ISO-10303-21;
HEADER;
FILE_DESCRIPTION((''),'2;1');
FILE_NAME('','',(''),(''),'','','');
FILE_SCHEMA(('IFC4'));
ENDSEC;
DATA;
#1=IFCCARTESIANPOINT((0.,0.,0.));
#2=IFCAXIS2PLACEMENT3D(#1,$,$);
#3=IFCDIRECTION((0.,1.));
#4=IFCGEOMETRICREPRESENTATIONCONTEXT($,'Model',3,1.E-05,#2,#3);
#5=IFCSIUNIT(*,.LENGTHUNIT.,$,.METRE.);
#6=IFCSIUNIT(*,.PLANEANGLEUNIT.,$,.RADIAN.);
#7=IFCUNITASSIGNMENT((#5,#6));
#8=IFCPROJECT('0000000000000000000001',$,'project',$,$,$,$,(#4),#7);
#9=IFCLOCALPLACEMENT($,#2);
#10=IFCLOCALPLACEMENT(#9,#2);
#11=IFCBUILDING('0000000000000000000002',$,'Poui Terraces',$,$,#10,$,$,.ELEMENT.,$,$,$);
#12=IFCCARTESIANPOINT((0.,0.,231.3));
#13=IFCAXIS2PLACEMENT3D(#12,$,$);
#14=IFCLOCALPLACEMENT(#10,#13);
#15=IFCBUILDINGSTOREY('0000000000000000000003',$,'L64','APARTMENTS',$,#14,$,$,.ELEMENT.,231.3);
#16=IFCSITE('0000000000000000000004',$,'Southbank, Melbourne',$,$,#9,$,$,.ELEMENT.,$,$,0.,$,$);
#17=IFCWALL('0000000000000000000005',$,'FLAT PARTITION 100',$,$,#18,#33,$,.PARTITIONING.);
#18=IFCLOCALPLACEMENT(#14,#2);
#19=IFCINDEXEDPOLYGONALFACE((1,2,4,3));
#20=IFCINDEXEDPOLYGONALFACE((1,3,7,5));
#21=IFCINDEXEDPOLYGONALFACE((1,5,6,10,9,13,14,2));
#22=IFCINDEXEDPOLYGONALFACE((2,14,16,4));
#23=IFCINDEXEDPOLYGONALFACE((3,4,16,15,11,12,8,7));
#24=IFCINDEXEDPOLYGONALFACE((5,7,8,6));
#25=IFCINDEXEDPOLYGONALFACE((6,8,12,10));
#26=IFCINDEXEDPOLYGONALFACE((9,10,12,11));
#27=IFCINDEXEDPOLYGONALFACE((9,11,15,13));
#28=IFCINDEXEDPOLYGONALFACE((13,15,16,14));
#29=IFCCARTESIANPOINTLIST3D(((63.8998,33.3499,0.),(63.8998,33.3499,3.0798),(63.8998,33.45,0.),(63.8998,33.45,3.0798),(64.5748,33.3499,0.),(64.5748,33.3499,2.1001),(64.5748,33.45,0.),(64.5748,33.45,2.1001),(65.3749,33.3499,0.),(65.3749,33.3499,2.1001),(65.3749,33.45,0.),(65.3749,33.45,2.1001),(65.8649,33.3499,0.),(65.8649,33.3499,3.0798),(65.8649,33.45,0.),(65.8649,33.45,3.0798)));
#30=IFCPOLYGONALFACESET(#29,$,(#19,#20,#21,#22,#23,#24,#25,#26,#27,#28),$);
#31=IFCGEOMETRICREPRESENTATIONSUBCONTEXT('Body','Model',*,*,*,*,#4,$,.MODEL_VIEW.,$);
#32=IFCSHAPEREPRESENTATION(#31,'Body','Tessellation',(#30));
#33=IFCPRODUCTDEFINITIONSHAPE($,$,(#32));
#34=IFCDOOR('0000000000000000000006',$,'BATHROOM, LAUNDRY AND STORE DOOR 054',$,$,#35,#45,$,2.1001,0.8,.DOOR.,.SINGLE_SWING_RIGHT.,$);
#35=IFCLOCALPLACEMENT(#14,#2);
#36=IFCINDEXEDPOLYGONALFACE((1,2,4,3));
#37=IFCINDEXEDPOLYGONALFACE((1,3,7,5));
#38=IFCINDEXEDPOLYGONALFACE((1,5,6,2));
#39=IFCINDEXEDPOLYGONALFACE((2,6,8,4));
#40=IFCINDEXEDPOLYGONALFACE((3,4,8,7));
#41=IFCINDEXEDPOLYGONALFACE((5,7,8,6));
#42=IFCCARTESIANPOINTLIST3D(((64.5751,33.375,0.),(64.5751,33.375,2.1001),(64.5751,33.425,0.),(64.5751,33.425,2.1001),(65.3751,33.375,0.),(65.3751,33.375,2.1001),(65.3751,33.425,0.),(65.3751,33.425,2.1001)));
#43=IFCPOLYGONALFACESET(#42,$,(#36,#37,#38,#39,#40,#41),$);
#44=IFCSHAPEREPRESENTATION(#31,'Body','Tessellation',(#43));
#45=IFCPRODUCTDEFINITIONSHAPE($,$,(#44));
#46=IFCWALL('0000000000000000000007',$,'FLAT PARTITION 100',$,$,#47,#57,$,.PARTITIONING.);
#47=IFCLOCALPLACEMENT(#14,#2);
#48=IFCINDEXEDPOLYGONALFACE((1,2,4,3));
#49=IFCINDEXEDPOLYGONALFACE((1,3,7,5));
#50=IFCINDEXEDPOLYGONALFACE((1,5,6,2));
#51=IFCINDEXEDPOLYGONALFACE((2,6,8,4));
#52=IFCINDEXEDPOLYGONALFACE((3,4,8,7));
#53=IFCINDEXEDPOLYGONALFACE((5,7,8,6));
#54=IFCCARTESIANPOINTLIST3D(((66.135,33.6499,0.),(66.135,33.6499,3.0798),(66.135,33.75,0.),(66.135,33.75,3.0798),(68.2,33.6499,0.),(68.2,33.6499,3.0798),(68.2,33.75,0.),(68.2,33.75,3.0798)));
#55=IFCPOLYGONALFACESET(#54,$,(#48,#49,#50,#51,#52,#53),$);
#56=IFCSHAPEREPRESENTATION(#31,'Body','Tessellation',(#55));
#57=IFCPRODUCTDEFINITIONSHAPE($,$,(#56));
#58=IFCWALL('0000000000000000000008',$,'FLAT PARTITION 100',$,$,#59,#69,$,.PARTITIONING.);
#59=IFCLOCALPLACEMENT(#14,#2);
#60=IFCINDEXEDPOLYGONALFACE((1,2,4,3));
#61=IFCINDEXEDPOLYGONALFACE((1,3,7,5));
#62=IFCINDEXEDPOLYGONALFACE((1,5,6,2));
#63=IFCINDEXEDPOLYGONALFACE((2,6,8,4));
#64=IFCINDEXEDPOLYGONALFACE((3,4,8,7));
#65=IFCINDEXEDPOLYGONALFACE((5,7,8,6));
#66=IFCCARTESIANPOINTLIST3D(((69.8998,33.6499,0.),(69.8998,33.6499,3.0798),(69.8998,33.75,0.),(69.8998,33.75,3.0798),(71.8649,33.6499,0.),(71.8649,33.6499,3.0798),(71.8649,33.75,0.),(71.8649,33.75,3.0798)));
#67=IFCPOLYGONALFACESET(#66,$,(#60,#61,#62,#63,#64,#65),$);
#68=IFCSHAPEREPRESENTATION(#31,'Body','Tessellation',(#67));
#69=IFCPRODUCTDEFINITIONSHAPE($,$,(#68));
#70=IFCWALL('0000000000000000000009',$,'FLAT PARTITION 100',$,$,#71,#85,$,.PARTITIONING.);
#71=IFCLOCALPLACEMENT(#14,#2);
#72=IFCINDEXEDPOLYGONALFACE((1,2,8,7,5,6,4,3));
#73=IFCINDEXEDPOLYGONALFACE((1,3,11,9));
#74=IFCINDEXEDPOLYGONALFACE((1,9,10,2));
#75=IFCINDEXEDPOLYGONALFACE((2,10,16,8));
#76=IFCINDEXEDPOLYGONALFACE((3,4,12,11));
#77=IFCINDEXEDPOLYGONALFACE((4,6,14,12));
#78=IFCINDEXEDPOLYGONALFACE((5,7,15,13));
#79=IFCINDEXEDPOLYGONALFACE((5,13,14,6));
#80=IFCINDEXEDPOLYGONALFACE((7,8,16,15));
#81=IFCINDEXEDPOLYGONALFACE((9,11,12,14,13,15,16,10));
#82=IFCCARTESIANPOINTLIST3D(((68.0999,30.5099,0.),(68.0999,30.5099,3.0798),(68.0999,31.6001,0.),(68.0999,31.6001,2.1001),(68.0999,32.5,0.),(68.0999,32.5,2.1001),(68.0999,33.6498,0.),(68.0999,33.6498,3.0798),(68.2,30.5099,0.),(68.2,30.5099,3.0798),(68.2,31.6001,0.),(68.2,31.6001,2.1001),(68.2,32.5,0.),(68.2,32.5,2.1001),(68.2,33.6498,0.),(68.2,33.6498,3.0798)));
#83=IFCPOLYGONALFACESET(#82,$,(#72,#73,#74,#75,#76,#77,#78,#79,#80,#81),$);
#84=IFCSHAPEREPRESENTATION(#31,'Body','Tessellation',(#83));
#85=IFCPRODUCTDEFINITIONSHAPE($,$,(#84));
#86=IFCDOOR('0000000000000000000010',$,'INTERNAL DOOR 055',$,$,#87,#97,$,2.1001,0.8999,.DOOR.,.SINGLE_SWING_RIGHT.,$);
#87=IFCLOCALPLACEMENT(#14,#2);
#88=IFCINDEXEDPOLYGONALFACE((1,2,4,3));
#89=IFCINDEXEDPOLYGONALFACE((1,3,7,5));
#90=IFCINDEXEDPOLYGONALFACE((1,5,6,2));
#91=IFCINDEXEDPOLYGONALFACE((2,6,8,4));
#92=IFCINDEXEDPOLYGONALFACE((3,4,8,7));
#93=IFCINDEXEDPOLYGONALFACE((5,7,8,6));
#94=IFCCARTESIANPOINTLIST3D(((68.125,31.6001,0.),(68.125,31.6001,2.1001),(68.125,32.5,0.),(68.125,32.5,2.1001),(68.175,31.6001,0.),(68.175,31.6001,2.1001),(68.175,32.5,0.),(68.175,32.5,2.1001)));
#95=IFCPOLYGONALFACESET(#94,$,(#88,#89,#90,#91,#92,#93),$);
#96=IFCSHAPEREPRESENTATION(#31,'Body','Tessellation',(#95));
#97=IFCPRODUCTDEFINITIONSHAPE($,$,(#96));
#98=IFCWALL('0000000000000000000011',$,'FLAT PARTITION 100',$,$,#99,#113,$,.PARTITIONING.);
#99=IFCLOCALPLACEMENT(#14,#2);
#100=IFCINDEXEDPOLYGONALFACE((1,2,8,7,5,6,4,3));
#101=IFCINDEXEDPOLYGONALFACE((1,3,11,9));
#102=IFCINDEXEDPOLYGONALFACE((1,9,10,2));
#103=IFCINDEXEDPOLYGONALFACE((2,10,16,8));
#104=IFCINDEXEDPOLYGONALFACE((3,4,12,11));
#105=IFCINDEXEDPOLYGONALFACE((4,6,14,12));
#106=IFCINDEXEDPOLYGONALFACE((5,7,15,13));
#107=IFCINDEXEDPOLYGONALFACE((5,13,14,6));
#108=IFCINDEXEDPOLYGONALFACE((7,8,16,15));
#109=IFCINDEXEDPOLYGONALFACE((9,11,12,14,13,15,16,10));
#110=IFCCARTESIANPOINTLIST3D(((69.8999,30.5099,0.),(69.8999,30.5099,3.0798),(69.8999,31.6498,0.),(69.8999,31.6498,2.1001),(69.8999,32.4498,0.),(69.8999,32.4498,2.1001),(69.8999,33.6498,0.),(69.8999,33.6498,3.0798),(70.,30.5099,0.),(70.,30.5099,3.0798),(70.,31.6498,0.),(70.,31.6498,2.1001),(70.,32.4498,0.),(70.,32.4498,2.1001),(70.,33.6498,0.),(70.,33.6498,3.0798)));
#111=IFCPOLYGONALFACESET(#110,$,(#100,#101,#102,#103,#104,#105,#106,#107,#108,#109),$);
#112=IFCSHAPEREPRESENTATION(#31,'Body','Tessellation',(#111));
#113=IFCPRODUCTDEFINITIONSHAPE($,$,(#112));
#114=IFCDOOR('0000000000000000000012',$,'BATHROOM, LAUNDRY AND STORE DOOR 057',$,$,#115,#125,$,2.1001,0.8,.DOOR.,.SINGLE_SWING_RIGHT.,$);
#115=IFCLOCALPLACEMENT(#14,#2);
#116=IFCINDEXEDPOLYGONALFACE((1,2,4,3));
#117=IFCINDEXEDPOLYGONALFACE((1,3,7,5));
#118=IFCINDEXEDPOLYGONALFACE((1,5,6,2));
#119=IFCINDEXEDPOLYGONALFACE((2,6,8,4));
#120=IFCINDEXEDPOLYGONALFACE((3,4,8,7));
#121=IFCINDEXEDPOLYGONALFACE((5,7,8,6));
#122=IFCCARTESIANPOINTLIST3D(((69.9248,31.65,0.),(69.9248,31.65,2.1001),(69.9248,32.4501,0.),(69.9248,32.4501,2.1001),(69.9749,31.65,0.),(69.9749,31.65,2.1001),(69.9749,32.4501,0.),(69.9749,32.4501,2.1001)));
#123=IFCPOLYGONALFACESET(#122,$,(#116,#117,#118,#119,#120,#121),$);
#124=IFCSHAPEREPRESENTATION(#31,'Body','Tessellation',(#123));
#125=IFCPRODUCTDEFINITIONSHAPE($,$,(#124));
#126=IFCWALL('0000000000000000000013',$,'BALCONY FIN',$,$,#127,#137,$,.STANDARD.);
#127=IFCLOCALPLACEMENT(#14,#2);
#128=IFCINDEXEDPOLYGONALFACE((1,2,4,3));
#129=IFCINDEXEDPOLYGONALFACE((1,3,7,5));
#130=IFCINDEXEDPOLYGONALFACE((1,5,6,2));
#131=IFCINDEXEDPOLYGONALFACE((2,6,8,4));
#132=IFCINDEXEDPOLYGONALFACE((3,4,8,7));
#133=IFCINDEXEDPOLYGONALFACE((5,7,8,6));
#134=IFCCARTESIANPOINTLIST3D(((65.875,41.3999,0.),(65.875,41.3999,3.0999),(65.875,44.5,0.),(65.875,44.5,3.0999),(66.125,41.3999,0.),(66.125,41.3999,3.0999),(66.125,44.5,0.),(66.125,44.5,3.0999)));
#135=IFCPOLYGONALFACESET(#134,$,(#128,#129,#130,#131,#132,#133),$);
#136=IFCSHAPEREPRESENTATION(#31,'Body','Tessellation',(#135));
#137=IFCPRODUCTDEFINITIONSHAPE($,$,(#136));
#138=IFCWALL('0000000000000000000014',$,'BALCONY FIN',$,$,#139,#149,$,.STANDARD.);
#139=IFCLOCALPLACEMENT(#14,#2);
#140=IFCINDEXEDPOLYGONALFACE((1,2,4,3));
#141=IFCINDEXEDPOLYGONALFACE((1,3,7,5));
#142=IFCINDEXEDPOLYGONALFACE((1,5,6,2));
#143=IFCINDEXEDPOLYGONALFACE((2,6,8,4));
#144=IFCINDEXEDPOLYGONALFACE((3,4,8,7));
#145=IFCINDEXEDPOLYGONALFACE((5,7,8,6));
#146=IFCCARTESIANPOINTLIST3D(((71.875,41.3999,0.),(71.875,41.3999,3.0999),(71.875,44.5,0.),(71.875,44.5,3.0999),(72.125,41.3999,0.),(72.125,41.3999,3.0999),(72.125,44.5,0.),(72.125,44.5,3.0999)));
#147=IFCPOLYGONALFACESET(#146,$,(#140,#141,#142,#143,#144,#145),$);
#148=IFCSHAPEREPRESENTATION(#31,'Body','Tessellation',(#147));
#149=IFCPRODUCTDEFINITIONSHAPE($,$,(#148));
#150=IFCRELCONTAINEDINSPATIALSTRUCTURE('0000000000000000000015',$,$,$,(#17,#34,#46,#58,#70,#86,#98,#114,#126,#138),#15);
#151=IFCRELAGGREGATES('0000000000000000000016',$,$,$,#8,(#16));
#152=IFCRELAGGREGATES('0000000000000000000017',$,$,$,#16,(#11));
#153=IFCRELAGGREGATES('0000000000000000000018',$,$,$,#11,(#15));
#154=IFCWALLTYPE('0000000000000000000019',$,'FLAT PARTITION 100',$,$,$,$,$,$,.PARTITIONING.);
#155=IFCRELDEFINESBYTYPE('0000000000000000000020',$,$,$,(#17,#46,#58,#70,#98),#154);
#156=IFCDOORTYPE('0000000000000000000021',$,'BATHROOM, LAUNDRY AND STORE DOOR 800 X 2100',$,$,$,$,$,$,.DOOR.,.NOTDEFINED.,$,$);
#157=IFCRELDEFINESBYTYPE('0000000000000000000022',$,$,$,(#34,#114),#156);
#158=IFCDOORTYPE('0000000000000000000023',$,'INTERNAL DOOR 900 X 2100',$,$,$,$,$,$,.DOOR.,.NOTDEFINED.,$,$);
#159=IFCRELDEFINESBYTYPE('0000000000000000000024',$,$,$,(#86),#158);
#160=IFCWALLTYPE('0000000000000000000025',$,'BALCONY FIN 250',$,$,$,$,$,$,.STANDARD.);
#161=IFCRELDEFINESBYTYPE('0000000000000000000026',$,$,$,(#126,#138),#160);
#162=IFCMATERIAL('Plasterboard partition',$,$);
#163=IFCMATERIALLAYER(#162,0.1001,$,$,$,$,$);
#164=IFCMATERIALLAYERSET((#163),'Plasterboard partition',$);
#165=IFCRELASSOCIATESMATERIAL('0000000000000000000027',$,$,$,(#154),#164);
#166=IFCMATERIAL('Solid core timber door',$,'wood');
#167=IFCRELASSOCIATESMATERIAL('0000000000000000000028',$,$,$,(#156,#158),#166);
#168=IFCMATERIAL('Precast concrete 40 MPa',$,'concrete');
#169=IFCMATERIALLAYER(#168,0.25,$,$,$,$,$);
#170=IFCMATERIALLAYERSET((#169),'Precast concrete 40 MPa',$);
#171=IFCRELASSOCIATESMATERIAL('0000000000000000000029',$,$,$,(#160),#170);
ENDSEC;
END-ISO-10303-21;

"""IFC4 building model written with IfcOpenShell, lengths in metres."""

from ifc_helpers import new_model, si_unit, direction, frame, frame_2d, origin, place, context, subcontext, project, spatial, polyline, rectangle, outline, extrude, source, transform, mapped, material, layer, layer_set, type_object, element, fill, save


model = new_model("IFC4")

# Units and contexts
model_context = context("Model", 3, precision=1e-05, world=origin(), true_north=direction((0.0, 1.0)))
body_context = subcontext(model_context, "Body", "Model", "MODEL_VIEW")
ifc_project = project(units=[si_unit("LENGTHUNIT", "METRE"), si_unit("PLANEANGLEUNIT", "RADIAN")], contexts=[model_context])

# Site, building, storey
site_placement = place(None, origin())
site = spatial("IfcSite", under=ifc_project, at=site_placement, Name="Southbank, Melbourne", CompositionType="ELEMENT", RefElevation=0.0)
building_placement = place(site_placement, origin())
building = spatial("IfcBuilding", under=site, at=building_placement, Name="Poui Terraces", CompositionType="ELEMENT")
storey_placement = place(building_placement, frame((0.0, 0.0, 231.3)))
storey = spatial("IfcBuildingStorey", under=building, at=storey_placement, Name="L64", Description="APARTMENTS", CompositionType="ELEMENT", Elevation=231.3)

# Wall, opening, door
ifc_material_1 = material(Name="Plasterboard partition")
ifc_layer_1 = layer(ifc_material_1, 0.1001)
ifc_layer_set_1 = layer_set([ifc_layer_1], Name="Plasterboard partition")
wall_type_1 = type_object("IfcWallType", Name="FLAT PARTITION 100", PredefinedType="PARTITIONING", material=ifc_layer_set_1)
wall_1_placement = place(storey_placement, frame((63.8999, 33.3999, 0.0), z_axis=(0.0, 0.0, 1.0), x_axis=(1.0, 0.0, 0.0)))
wall_1 = element("IfcWall", 1, at=wall_1_placement, inside=storey, type_object=wall_type_1, Name="FLAT PARTITION 100", PredefinedType="PARTITIONING", context=body_context, shape_type="SweptSolid", body=[
    extrude(rectangle(XDim=1.9651, YDim=0.1001, at=frame_2d((0.9824, 0.0))), origin(), (0.0, 0.0, 1.0), 3.0798),
])
opening_1_placement = place(wall_1_placement, frame((0.675, 0.0, 0.0)))
opening_1 = element("IfcOpeningElement", 2, at=opening_1_placement, cuts=wall_1, PredefinedType="OPENING", context=body_context, shape_type="SweptSolid", body=[
    extrude(rectangle(XDim=0.8, YDim=2.1001, at=frame_2d((0.3999, 1.05))), frame((0.0, 0.0601, 0.0), z_axis=(0.0, -1.0, 0.0), x_axis=(1.0, 0.0, 0.0)), (0.0, 0.0, 1.0), 0.1201),
])
ifc_material_2 = material(Name="Solid core timber door", Category="wood")
door_type_1 = type_object("IfcDoorType", Name="BATHROOM, LAUNDRY AND STORE DOOR 800 X 2100", OperationType="NOTDEFINED", PredefinedType="DOOR", material=ifc_material_2)
door_1_placement = place(opening_1_placement, frame((0.8, 0.0, 0.0), z_axis=(0.0, 0.0, 1.0), x_axis=(-1.0, 0.0, 0.0)))
door_1 = element("IfcDoor", 3, at=door_1_placement, inside=storey, type_object=door_type_1, Name="BATHROOM, LAUNDRY AND STORE DOOR 054", OperationType="SINGLE_SWING_RIGHT", OverallHeight=2.1001, OverallWidth=0.8, PredefinedType="DOOR", context=body_context, shape_type="SweptSolid", body=[
    extrude(rectangle(XDim=0.8, YDim=2.1001, at=frame_2d((0.3999, 1.05))), frame((0.0, 0.0249, 0.0), z_axis=(0.0, -1.0, 0.0), x_axis=(1.0, 0.0, 0.0)), (0.0, 0.0, 1.0), 0.05),
])
fill(opening_1, door_1)

# Walls
wall_2_placement = place(storey_placement, frame((66.135, 33.7, 0.0), z_axis=(0.0, 0.0, 1.0), x_axis=(1.0, 0.0, 0.0)))
element("IfcWall", 4, at=wall_2_placement, inside=storey, type_object=wall_type_1, Name="FLAT PARTITION 100", PredefinedType="PARTITIONING", context=body_context, shape_type="SweptSolid", body=[
    extrude(rectangle(XDim=2.0649, YDim=0.1001, at=frame_2d((1.0325, 0.0))), origin(), (0.0, 0.0, 1.0), 3.0798),
])
wall_3_placement = place(storey_placement, frame((69.8999, 33.7, 0.0), z_axis=(0.0, 0.0, 1.0), x_axis=(1.0, 0.0, 0.0)))
element("IfcWall", 5, at=wall_3_placement, inside=storey, type_object=wall_type_1, Name="FLAT PARTITION 100", PredefinedType="PARTITIONING", context=body_context, shape_type="SweptSolid", body=[
    extrude(rectangle(XDim=1.9651, YDim=0.1001, at=frame_2d((0.9824, 0.0))), origin(), (0.0, 0.0, 1.0), 3.0798),
])

# Walls, openings, doors
wall_4_placement = place(storey_placement, frame((68.1499, 30.51, 0.0), z_axis=(0.0, 0.0, 1.0), x_axis=(0.0, 1.0, 0.0)))
wall_4 = element("IfcWall", 6, at=wall_4_placement, inside=storey, type_object=wall_type_1, Name="FLAT PARTITION 100", PredefinedType="PARTITIONING", context=body_context, shape_type="SweptSolid", body=[
    extrude(rectangle(XDim=3.1399, YDim=0.1001, at=frame_2d((1.5698, 0.0))), origin(), (0.0, 0.0, 1.0), 3.0798),
])
opening_2_placement = place(wall_4_placement, frame((1.0901, 0.0, 0.0)))
opening_2 = element("IfcOpeningElement", 7, at=opening_2_placement, cuts=wall_4, PredefinedType="OPENING", context=body_context, shape_type="SweptSolid", body=[
    extrude(rectangle(XDim=0.8999, YDim=2.1001, at=frame_2d((0.45, 1.05))), frame((0.0, 0.0601, 0.0), z_axis=(0.0, -1.0, 0.0), x_axis=(1.0, 0.0, 0.0)), (0.0, 0.0, 1.0), 0.1201),
])
door_type_2 = type_object("IfcDoorType", Name="INTERNAL DOOR 900 X 2100", OperationType="NOTDEFINED", PredefinedType="DOOR", material=ifc_material_2)
door_2_placement = place(opening_2_placement, origin())
door_2 = element("IfcDoor", 8, at=door_2_placement, inside=storey, type_object=door_type_2, Name="INTERNAL DOOR 055", OperationType="SINGLE_SWING_RIGHT", OverallHeight=2.1001, OverallWidth=0.8999, PredefinedType="DOOR", context=body_context, shape_type="SweptSolid", body=[
    extrude(rectangle(XDim=0.8999, YDim=2.1001, at=frame_2d((0.45, 1.05))), frame((0.0, 0.0249, 0.0), z_axis=(0.0, -1.0, 0.0), x_axis=(1.0, 0.0, 0.0)), (0.0, 0.0, 1.0), 0.05),
])
fill(opening_2, door_2)
wall_5_placement = place(storey_placement, frame((69.95, 30.51, 0.0), z_axis=(0.0, 0.0, 1.0), x_axis=(0.0, 1.0, 0.0)))
wall_5 = element("IfcWall", 9, at=wall_5_placement, inside=storey, type_object=wall_type_1, Name="FLAT PARTITION 100", PredefinedType="PARTITIONING", context=body_context, shape_type="SweptSolid", body=[
    extrude(rectangle(XDim=3.1399, YDim=0.1001, at=frame_2d((1.5698, 0.0))), origin(), (0.0, 0.0, 1.0), 3.0798),
])
opening_3_placement = place(wall_5_placement, frame((1.1399, 0.0, 0.0)))
opening_3 = element("IfcOpeningElement", 10, at=opening_3_placement, cuts=wall_5, PredefinedType="OPENING", context=body_context, shape_type="SweptSolid", body=[
    extrude(rectangle(XDim=0.8, YDim=2.1001, at=frame_2d((0.3999, 1.05))), frame((0.0, 0.0601, 0.0), z_axis=(0.0, -1.0, 0.0), x_axis=(1.0, 0.0, 0.0)), (0.0, 0.0, 1.0), 0.1201),
])
door_3_placement = place(opening_3_placement, frame((0.8, 0.0, 0.0), z_axis=(0.0, 0.0, 1.0), x_axis=(-1.0, 0.0, 0.0)))
door_3 = element("IfcDoor", 11, at=door_3_placement, inside=storey, type_object=door_type_1, Name="BATHROOM, LAUNDRY AND STORE DOOR 057", OperationType="SINGLE_SWING_RIGHT", OverallHeight=2.1001, OverallWidth=0.8, PredefinedType="DOOR", context=body_context, shape_type="SweptSolid", body=[
    extrude(rectangle(XDim=0.8, YDim=2.1001, at=frame_2d((0.3999, 1.05))), frame((0.0, 0.0249, 0.0), z_axis=(0.0, -1.0, 0.0), x_axis=(1.0, 0.0, 0.0)), (0.0, 0.0, 1.0), 0.05),
])
fill(opening_3, door_3)

# Walls
ifc_material_3 = material(Name="Precast concrete 40 MPa", Category="concrete")
ifc_layer_2 = layer(ifc_material_3, 0.25)
ifc_layer_set_2 = layer_set([ifc_layer_2], Name="Precast concrete 40 MPa")
wall_type_2 = type_object("IfcWallType", Name="BALCONY FIN 250", PredefinedType="STANDARD", material=ifc_layer_set_2)
shared_shape_1 = source(origin(), body_context, "Body", "SweptSolid", [
    extrude(outline(polyline([(0.0, 0.0), (0.25, 0.0), (0.25, 3.1001), (0.0, 3.1001), (0.0, 0.0)])), origin(), (0.0, 0.0, 1.0), 3.0999),
])
for number, where, name in (
    (12, (65.875, 41.3999, 0.0), "BALCONY FIN"),
    (13, (71.875, 41.3999, 0.0), "BALCONY FIN"),
):
    element("IfcWall", number, at=place(storey_placement, frame(where)), inside=storey, type_object=wall_type_2, Name=name, PredefinedType="STANDARD", context=body_context, shape_type="MappedRepresentation", body=[
        mapped(shared_shape_1, transform((0.0, 0.0, 0.0))),
    ])

save(model, "model.ifc")
